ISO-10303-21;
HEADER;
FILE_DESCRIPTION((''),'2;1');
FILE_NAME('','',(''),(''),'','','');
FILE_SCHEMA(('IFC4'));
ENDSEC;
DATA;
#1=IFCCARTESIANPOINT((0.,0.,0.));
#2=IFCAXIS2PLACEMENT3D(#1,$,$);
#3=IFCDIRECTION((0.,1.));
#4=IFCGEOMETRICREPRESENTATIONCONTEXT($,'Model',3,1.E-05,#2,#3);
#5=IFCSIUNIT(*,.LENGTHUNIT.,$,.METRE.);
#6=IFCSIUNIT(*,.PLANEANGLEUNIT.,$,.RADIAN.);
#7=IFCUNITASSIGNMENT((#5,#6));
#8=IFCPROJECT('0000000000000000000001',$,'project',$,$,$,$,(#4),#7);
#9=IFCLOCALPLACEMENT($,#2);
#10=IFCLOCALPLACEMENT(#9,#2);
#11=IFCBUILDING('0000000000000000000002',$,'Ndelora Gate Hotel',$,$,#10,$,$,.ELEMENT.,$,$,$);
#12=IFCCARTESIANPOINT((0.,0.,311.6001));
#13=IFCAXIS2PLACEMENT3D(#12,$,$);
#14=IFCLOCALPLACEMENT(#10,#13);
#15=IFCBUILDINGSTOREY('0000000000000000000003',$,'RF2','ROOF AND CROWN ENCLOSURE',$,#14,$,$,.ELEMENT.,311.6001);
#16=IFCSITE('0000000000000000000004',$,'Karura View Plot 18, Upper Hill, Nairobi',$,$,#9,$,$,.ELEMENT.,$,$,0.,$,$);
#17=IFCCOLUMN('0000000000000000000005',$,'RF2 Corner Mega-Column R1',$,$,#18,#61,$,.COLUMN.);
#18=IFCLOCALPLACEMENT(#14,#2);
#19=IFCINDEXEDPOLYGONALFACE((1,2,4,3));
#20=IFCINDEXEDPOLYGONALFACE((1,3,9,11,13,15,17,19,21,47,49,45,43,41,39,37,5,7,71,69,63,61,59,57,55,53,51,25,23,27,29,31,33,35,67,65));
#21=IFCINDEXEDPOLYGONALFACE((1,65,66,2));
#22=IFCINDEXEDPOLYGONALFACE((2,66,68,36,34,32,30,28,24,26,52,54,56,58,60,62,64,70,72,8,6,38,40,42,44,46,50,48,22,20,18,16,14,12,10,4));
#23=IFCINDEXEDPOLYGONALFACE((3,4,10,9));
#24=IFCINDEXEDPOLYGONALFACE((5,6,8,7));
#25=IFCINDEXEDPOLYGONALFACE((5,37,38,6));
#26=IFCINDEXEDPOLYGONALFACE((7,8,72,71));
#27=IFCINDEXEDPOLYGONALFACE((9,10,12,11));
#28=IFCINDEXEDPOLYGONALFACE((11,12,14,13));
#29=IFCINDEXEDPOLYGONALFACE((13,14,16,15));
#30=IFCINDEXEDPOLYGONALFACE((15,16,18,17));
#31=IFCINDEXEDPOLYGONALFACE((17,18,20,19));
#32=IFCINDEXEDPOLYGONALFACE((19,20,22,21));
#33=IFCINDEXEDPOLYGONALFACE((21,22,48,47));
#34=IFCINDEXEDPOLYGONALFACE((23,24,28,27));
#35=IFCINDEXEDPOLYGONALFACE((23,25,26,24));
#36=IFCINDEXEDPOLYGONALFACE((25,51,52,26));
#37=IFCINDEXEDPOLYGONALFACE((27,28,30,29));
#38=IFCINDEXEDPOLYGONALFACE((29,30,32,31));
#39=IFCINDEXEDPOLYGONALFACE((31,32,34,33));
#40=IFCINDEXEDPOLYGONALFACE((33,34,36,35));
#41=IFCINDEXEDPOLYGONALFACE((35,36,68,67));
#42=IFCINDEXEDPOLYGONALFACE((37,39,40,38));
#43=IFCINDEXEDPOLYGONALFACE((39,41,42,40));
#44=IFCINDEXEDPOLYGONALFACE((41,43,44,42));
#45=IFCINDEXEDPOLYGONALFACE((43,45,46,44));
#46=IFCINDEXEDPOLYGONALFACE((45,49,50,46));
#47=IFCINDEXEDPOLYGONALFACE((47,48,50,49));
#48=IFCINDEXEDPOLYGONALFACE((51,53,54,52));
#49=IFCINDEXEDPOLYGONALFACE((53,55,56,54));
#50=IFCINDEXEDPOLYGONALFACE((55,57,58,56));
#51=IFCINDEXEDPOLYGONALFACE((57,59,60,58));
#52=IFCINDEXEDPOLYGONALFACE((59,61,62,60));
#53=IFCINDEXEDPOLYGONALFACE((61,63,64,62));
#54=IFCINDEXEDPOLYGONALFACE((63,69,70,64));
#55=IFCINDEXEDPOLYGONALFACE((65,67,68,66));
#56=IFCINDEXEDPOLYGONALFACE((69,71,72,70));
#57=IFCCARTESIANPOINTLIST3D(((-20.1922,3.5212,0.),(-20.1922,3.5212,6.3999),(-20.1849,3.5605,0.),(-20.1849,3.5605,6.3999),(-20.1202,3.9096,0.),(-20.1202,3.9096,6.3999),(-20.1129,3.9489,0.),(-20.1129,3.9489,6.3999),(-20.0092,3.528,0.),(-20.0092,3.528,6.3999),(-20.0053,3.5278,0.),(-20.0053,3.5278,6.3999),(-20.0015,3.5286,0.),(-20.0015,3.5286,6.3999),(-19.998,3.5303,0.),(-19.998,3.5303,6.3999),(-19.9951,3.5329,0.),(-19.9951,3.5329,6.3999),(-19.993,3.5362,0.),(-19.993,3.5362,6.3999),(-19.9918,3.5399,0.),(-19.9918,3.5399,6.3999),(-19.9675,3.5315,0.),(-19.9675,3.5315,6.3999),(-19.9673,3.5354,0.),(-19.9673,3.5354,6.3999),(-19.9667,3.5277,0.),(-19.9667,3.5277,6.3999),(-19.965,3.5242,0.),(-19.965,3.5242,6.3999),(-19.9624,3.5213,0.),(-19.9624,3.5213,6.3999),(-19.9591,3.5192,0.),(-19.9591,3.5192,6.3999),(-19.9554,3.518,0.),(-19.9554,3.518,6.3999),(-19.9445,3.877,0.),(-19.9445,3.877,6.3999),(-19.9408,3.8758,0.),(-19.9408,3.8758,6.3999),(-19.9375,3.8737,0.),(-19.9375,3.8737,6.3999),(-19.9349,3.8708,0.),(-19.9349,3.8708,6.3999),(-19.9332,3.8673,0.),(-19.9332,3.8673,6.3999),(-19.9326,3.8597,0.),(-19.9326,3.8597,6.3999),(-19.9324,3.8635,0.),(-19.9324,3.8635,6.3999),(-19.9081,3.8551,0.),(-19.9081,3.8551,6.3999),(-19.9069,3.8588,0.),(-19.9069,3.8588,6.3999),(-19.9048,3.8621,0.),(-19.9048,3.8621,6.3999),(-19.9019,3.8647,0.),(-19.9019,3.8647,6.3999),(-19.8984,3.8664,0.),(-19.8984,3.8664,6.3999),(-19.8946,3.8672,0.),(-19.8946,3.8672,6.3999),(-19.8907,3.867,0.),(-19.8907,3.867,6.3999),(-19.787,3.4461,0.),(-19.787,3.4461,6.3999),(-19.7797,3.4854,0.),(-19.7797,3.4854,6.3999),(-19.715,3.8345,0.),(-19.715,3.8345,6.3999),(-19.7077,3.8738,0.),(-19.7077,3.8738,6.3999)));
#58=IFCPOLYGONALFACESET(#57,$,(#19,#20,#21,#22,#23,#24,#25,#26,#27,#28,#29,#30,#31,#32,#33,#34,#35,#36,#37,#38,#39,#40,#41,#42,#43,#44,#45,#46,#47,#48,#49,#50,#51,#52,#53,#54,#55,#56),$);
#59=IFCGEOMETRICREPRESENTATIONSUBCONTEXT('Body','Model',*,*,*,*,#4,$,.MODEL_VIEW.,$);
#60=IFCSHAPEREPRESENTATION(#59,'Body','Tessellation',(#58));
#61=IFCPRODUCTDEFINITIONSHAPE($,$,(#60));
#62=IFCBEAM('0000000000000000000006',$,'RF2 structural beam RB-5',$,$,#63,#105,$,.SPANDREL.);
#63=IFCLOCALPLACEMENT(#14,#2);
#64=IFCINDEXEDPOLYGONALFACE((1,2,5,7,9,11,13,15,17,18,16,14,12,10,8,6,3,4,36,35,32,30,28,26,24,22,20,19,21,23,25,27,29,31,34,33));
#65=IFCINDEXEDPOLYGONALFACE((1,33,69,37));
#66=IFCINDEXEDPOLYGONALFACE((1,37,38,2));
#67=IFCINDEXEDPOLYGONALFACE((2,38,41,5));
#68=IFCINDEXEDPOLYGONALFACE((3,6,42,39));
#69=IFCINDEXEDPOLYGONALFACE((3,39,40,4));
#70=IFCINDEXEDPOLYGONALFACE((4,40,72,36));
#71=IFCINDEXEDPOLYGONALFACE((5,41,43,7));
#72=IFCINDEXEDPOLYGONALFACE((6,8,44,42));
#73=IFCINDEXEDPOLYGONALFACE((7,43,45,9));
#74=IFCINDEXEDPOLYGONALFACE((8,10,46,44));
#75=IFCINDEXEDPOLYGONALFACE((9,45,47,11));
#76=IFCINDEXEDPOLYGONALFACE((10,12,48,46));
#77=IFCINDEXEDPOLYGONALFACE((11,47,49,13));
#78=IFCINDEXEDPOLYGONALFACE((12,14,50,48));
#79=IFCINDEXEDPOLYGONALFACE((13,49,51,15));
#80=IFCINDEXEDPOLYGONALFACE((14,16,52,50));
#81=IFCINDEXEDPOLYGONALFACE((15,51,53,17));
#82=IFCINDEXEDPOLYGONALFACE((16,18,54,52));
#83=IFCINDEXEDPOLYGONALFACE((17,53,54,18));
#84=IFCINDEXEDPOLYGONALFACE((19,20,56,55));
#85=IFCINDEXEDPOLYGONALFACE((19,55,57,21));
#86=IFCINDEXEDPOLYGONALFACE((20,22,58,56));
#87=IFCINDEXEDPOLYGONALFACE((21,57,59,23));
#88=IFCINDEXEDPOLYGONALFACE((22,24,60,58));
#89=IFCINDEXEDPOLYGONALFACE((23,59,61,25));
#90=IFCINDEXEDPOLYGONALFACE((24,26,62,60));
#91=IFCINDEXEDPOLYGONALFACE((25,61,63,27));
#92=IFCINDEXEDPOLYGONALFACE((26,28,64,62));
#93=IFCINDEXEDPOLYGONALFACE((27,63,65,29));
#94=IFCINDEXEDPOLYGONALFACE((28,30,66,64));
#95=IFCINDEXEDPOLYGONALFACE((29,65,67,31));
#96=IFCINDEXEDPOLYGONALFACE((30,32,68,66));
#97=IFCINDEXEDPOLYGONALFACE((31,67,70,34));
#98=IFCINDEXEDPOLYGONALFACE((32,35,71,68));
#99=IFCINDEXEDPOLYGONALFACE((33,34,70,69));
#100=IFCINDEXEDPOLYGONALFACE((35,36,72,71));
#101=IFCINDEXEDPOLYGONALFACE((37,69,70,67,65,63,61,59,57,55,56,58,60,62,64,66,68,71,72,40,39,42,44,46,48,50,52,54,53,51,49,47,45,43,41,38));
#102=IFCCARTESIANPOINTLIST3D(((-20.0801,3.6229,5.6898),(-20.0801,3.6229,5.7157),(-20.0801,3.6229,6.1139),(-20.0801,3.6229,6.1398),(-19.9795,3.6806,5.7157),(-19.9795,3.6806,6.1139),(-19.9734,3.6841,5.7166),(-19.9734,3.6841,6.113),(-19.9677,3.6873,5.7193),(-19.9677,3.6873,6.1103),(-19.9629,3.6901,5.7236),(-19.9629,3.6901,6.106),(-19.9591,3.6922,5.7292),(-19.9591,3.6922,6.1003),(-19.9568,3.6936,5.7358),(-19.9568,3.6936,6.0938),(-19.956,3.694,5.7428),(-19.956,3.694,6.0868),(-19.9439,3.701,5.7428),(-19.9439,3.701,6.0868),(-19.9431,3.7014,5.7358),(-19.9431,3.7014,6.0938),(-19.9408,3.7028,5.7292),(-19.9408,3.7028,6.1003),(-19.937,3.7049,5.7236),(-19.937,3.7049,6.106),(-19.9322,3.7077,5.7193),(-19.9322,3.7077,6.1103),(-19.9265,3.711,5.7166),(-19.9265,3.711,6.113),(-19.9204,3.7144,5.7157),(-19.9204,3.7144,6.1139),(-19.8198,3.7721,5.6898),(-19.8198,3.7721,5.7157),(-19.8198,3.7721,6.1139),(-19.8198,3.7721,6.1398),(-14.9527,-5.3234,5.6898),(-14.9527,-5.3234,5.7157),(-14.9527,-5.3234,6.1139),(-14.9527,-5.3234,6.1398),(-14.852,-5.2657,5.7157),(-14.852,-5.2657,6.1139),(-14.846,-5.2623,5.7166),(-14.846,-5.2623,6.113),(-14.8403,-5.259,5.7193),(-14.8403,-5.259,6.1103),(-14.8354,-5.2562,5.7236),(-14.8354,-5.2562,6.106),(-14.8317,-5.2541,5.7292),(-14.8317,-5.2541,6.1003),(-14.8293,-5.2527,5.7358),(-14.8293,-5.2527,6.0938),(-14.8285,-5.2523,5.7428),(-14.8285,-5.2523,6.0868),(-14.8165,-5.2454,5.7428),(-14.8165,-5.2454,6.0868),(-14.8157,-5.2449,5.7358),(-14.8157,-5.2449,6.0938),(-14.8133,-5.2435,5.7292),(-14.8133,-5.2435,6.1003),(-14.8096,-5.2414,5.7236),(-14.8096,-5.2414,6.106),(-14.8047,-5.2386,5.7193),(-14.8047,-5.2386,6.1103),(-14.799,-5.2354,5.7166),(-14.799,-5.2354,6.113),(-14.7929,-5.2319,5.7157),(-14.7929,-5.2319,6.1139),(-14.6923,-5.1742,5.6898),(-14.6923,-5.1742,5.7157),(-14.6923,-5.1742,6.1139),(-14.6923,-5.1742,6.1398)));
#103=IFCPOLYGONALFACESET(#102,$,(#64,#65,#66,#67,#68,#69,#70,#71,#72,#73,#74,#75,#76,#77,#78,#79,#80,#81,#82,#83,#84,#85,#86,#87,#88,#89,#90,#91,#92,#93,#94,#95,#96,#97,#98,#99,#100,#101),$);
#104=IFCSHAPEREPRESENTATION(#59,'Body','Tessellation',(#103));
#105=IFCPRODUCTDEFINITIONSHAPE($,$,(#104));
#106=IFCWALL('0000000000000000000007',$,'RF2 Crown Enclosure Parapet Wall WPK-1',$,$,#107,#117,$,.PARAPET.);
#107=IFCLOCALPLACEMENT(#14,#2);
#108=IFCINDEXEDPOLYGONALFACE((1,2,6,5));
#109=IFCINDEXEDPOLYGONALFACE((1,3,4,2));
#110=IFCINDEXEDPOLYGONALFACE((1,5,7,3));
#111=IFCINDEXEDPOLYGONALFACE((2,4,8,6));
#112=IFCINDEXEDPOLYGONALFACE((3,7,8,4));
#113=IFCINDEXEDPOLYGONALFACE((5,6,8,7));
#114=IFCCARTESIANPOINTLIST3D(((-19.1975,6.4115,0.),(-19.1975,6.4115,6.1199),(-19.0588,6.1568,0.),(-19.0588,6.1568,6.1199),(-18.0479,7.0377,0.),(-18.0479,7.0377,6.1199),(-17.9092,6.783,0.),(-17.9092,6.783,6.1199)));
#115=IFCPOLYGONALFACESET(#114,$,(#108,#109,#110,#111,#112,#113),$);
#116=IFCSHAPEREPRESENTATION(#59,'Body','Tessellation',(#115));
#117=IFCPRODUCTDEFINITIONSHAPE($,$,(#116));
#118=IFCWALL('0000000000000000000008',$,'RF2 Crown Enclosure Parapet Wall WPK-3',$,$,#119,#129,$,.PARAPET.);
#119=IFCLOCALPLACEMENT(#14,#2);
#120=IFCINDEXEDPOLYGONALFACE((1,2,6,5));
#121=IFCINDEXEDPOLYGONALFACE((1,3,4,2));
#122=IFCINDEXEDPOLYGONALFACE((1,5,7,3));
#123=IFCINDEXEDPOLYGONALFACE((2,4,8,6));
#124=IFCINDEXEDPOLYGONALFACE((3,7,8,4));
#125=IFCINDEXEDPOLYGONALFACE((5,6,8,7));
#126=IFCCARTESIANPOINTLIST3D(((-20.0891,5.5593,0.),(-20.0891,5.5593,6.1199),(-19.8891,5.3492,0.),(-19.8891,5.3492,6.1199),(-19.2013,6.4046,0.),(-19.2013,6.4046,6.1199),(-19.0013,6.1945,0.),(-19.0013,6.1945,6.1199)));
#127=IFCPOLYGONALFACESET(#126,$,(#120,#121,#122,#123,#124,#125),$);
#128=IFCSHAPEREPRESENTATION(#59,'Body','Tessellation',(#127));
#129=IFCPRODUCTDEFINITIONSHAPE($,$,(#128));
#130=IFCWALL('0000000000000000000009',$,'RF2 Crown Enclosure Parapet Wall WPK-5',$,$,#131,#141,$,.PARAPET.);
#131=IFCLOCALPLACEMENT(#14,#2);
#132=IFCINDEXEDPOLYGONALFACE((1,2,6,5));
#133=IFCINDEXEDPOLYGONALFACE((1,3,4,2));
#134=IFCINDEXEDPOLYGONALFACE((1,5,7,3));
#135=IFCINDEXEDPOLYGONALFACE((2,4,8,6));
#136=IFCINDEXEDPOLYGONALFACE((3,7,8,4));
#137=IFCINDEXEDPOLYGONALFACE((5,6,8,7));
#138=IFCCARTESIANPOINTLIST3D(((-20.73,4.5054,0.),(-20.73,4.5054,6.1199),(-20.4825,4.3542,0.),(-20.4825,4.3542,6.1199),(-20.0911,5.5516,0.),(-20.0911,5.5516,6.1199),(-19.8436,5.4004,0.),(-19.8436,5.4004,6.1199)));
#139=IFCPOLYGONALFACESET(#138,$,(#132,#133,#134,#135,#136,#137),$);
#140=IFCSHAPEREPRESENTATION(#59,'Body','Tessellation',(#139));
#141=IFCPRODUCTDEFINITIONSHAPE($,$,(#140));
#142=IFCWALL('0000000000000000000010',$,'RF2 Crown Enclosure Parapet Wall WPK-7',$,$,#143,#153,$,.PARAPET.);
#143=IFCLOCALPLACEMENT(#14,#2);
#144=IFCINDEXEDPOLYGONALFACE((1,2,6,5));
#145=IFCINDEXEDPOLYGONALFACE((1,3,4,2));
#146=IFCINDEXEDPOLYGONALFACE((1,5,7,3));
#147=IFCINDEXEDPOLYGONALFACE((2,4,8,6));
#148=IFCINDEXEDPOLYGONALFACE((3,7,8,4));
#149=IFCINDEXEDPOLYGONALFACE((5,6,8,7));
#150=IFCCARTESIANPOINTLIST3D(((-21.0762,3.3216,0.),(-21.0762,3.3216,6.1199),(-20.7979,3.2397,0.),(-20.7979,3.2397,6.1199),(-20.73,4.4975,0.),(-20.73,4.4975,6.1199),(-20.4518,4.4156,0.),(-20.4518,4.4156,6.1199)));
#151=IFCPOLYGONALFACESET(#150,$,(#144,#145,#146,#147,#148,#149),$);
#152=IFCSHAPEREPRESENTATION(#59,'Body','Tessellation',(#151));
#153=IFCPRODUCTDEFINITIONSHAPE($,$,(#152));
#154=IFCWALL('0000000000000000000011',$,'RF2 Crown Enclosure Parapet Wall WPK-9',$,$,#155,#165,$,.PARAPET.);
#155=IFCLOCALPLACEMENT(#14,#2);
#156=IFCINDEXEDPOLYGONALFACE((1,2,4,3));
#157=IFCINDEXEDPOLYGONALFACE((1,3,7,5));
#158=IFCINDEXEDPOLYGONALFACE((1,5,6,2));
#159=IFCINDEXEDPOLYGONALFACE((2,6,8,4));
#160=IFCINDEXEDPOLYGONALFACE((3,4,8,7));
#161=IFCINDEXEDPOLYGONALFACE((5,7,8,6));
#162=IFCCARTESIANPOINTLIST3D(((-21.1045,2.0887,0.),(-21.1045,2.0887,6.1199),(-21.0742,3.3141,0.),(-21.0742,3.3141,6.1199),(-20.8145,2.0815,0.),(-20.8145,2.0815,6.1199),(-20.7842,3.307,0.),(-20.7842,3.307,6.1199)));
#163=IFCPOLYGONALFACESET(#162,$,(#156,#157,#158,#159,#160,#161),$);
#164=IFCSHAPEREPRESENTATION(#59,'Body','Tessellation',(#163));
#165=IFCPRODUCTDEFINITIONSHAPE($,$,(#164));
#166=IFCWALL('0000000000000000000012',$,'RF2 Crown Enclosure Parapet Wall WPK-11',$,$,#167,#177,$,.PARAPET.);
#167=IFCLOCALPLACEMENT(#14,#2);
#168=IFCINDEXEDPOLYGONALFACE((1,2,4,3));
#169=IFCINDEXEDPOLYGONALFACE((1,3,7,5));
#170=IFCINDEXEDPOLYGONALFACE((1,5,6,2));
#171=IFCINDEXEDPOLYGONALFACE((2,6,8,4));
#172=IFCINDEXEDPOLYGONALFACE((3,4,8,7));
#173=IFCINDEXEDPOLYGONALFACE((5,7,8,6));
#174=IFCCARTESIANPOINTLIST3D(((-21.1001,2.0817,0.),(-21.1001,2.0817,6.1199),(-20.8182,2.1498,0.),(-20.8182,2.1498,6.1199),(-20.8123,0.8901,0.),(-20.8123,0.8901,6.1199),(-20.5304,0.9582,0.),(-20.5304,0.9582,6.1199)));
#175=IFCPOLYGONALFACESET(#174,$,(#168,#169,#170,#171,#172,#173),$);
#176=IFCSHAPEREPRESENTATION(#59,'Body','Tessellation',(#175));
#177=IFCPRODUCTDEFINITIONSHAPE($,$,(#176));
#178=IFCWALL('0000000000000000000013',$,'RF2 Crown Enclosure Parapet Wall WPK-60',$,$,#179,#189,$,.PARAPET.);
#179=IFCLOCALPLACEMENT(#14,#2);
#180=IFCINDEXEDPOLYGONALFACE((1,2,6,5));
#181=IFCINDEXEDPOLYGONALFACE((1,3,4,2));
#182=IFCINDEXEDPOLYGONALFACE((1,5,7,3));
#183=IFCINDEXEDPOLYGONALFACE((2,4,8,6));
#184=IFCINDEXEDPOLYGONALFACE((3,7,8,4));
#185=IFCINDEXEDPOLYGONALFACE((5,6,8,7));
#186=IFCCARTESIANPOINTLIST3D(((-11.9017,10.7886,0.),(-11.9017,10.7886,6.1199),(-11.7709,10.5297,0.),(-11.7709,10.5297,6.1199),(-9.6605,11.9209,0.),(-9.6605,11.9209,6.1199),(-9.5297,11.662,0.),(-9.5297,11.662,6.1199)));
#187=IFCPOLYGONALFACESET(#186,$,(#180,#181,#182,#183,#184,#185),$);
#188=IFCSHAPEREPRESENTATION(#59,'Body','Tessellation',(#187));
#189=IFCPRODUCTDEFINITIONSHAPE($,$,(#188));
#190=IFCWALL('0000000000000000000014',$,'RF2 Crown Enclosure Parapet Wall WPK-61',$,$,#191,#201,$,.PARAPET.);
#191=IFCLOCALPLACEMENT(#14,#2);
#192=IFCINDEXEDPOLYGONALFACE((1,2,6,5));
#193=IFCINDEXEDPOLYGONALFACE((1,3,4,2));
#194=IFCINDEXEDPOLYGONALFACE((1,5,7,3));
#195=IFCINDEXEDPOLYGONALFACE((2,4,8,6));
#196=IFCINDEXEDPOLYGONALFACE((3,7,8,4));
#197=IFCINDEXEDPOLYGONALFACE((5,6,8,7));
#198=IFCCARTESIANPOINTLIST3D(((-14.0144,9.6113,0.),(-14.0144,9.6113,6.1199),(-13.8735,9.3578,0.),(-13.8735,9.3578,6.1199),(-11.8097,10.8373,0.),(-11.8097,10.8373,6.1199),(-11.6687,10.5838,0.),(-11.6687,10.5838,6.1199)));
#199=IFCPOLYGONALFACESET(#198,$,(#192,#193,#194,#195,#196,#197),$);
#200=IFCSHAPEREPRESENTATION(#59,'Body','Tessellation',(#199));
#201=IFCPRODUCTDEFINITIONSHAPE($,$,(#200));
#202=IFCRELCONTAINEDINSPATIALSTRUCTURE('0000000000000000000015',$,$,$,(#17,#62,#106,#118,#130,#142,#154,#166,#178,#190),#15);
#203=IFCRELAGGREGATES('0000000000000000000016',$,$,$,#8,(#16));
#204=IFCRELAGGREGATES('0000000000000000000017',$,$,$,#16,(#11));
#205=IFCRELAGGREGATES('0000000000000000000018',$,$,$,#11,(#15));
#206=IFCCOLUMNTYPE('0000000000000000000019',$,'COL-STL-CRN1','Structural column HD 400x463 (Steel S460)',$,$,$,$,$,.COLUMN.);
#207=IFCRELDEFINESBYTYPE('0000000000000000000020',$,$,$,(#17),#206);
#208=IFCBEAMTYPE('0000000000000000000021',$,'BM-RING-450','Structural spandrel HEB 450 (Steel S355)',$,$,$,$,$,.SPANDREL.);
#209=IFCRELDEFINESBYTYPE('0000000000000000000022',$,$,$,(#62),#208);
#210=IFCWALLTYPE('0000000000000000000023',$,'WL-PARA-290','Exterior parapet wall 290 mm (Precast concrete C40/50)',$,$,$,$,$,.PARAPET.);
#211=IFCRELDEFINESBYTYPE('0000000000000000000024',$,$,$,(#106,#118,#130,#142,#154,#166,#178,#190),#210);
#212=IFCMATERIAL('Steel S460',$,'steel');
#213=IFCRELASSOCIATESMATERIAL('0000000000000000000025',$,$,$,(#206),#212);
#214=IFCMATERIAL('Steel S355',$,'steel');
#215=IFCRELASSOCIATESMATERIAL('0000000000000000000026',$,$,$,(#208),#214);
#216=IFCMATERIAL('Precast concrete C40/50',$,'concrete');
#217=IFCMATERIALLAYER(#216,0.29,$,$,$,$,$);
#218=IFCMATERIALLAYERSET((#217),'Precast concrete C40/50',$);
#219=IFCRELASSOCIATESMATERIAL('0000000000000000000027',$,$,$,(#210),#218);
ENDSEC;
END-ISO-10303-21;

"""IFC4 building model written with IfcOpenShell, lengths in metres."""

from ifc_helpers import new_model, si_unit, direction, frame, frame_2d, origin, origin_2d, place, context, subcontext, project, spatial, rectangle, i_section, extrude, material, layer, layer_set, material_profile, profile_set, type_object, element, save


model = new_model("IFC4")

# Units and contexts
model_context = context("Model", 3, precision=1e-05, world=origin(), true_north=direction((0.0, 1.0)))
body_context = subcontext(model_context, "Body", "Model", "MODEL_VIEW")
ifc_project = project(units=[si_unit("LENGTHUNIT", "METRE"), si_unit("PLANEANGLEUNIT", "RADIAN")], contexts=[model_context])

# Site, building, storey
site_placement = place(None, origin())
site = spatial("IfcSite", under=ifc_project, at=site_placement, Name="Karura View Plot 18, Upper Hill, Nairobi", CompositionType="ELEMENT", RefElevation=0.0)
building_placement = place(site_placement, origin())
building = spatial("IfcBuilding", under=site, at=building_placement, Name="Ndelora Gate Hotel", CompositionType="ELEMENT")
storey_placement = place(building_placement, frame((0.0, 0.0, 311.6001)))
storey = spatial("IfcBuildingStorey", under=building, at=storey_placement, Name="RF2", Description="ROOF AND CROWN ENCLOSURE", CompositionType="ELEMENT", Elevation=311.6001)

# Column
ifc_material_1 = material(Name="Steel S460", Category="steel")
ifc_material_profile_1 = material_profile(ifc_material_1, i_section(OverallWidth=0.4121, OverallDepth=0.4351, WebThickness=0.0249, FlangeThickness=0.04, FilletRadius=0.0149, at=origin_2d()), Name="HD 400x463")
ifc_profile_set_1 = profile_set([ifc_material_profile_1], Name="Steel S460")
column_type = type_object("IfcColumnType", Name="COL-STL-CRN1", Description="Structural column HD 400x463 (Steel S460)", PredefinedType="COLUMN", material=ifc_profile_set_1)
column_placement = place(storey_placement, frame((-19.95, 3.6975, 0.0), z_axis=(0.0, 0.0, 1.0), x_axis=(-0.983255, 0.182236, 0.0)))
element("IfcColumn", 1, at=column_placement, inside=storey, type_object=column_type, Name="RF2 Corner Mega-Column R1", PredefinedType="COLUMN", context=body_context, shape_type="SweptSolid", body=[
    extrude(i_section(OverallWidth=0.4121, OverallDepth=0.4351, WebThickness=0.0249, FlangeThickness=0.04, FilletRadius=0.0149, at=origin_2d()), origin(), (0.0, 0.0, 1.0), 6.3999),
])

# Beam
ifc_material_2 = material(Name="Steel S355", Category="steel")
ifc_material_profile_2 = material_profile(ifc_material_2, i_section(OverallWidth=0.3, OverallDepth=0.45, WebThickness=0.0139, FlangeThickness=0.0259, FilletRadius=0.0271, at=origin_2d()), Name="HEB 450")
ifc_profile_set_2 = profile_set([ifc_material_profile_2], Name="Steel S355")
beam_type = type_object("IfcBeamType", Name="BM-RING-450", Description="Structural spandrel HEB 450 (Steel S355)", PredefinedType="SPANDREL", material=ifc_profile_set_2)
beam_placement = place(storey_placement, frame((-19.95, 3.6975, 5.9148), z_axis=(0.497255, -0.867604, 0.0), x_axis=(0.867604, 0.497255, 0.0)))
element("IfcBeam", 2, at=beam_placement, inside=storey, type_object=beam_type, Name="RF2 structural beam RB-5", PredefinedType="SPANDREL", context=body_context, shape_type="SweptSolid", body=[
    extrude(i_section(OverallWidth=0.3, OverallDepth=0.45, WebThickness=0.0139, FlangeThickness=0.0259, FilletRadius=0.0271, at=origin_2d()), origin(), (0.0, 0.0, 1.0), 10.3115),
])

# Shared definitions
ifc_material_3 = material(Name="Precast concrete C40/50", Category="concrete")

# Walls
ifc_layer_1 = layer(ifc_material_3, 0.29)
ifc_layer_set_1 = layer_set([ifc_layer_1], Name="Precast concrete C40/50")
wall_type_1 = type_object("IfcWallType", Name="WL-PARA-290", Description="Exterior parapet wall 290 mm (Precast concrete C40/50)", PredefinedType="PARAPET", material=ifc_layer_set_1)
wall_1_placement = place(storey_placement, frame((-19.1282, 6.2842, 0.0), z_axis=(0.0, 0.0, 1.0), x_axis=(0.878173, 0.478342, 0.0)))
element("IfcWall", 3, at=wall_1_placement, inside=storey, type_object=wall_type_1, Name="RF2 Crown Enclosure Parapet Wall WPK-1", PredefinedType="PARAPET", context=body_context, shape_type="SweptSolid", body=[
    extrude(rectangle(XDim=1.3091, YDim=0.29, at=frame_2d((0.6545, 0.0))), origin(), (0.0, 0.0, 1.0), 6.1199),
])
for number, where, z_axis, x_axis, name in (
    (4, (-19.989, 5.4543, 0.0), (0.0, 0.0, 1.0), (0.724223, 0.689566, 0.0), "RF2 Crown Enclosure Parapet Wall WPK-3"),
    (5, (-20.6062, 4.4299, 0.0), (0.0, 0.0, 1.0), (0.521216, 0.853425, 0.0), "RF2 Crown Enclosure Parapet Wall WPK-5"),
    (6, (-20.937, 3.2808, 0.0), (0.0, 0.0, 1.0), (0.282393, 0.959299, 0.0), "RF2 Crown Enclosure Parapet Wall WPK-7"),
    (7, (-20.9595, 2.0852, 0.0), (0.0, 0.0, 1.0), (0.024699, 0.999695, 0.0), "RF2 Crown Enclosure Parapet Wall WPK-9"),
    (8, (-20.6714, 0.9243, 0.0), (0.0, 0.0, 1.0), (-0.234796, 0.972045, 0.0), "RF2 Crown Enclosure Parapet Wall WPK-11"),
):
    element("IfcWall", number, at=place(storey_placement, frame(where, z_axis=z_axis, x_axis=x_axis)), inside=storey, type_object=wall_type_1, Name=name, PredefinedType="PARAPET", context=body_context, shape_type="SweptSolid", body=[
        extrude(rectangle(XDim=1.2258, YDim=0.29, at=frame_2d((0.6128, 0.0))), origin(), (0.0, 0.0, 1.0), 6.1199),
    ])
wall_2_placement = place(storey_placement, frame((-11.8362, 10.6592, 0.0), z_axis=(0.0, 0.0, 1.0), x_axis=(0.892553, 0.450943, 0.0)))
element("IfcWall", 9, at=wall_2_placement, inside=storey, type_object=wall_type_1, Name="RF2 Crown Enclosure Parapet Wall WPK-60", PredefinedType="PARAPET", context=body_context, shape_type="SweptSolid", body=[
    extrude(rectangle(XDim=2.511, YDim=0.29, at=frame_2d((1.2554, 0.0))), origin(), (0.0, 0.0, 1.0), 6.1199),
])
wall_3_placement = place(storey_placement, frame((-13.9438, 9.4846, 0.0), z_axis=(0.0, 0.0, 1.0), x_axis=(0.873961, 0.485996, 0.0)))
element("IfcWall", 10, at=wall_3_placement, inside=storey, type_object=wall_type_1, Name="RF2 Crown Enclosure Parapet Wall WPK-61", PredefinedType="PARAPET", context=body_context, shape_type="SweptSolid", body=[
    extrude(rectangle(XDim=2.5227, YDim=0.29, at=frame_2d((1.2612, 0.0))), origin(), (0.0, 0.0, 1.0), 6.1199),
])

save(model, "model.ifc")
